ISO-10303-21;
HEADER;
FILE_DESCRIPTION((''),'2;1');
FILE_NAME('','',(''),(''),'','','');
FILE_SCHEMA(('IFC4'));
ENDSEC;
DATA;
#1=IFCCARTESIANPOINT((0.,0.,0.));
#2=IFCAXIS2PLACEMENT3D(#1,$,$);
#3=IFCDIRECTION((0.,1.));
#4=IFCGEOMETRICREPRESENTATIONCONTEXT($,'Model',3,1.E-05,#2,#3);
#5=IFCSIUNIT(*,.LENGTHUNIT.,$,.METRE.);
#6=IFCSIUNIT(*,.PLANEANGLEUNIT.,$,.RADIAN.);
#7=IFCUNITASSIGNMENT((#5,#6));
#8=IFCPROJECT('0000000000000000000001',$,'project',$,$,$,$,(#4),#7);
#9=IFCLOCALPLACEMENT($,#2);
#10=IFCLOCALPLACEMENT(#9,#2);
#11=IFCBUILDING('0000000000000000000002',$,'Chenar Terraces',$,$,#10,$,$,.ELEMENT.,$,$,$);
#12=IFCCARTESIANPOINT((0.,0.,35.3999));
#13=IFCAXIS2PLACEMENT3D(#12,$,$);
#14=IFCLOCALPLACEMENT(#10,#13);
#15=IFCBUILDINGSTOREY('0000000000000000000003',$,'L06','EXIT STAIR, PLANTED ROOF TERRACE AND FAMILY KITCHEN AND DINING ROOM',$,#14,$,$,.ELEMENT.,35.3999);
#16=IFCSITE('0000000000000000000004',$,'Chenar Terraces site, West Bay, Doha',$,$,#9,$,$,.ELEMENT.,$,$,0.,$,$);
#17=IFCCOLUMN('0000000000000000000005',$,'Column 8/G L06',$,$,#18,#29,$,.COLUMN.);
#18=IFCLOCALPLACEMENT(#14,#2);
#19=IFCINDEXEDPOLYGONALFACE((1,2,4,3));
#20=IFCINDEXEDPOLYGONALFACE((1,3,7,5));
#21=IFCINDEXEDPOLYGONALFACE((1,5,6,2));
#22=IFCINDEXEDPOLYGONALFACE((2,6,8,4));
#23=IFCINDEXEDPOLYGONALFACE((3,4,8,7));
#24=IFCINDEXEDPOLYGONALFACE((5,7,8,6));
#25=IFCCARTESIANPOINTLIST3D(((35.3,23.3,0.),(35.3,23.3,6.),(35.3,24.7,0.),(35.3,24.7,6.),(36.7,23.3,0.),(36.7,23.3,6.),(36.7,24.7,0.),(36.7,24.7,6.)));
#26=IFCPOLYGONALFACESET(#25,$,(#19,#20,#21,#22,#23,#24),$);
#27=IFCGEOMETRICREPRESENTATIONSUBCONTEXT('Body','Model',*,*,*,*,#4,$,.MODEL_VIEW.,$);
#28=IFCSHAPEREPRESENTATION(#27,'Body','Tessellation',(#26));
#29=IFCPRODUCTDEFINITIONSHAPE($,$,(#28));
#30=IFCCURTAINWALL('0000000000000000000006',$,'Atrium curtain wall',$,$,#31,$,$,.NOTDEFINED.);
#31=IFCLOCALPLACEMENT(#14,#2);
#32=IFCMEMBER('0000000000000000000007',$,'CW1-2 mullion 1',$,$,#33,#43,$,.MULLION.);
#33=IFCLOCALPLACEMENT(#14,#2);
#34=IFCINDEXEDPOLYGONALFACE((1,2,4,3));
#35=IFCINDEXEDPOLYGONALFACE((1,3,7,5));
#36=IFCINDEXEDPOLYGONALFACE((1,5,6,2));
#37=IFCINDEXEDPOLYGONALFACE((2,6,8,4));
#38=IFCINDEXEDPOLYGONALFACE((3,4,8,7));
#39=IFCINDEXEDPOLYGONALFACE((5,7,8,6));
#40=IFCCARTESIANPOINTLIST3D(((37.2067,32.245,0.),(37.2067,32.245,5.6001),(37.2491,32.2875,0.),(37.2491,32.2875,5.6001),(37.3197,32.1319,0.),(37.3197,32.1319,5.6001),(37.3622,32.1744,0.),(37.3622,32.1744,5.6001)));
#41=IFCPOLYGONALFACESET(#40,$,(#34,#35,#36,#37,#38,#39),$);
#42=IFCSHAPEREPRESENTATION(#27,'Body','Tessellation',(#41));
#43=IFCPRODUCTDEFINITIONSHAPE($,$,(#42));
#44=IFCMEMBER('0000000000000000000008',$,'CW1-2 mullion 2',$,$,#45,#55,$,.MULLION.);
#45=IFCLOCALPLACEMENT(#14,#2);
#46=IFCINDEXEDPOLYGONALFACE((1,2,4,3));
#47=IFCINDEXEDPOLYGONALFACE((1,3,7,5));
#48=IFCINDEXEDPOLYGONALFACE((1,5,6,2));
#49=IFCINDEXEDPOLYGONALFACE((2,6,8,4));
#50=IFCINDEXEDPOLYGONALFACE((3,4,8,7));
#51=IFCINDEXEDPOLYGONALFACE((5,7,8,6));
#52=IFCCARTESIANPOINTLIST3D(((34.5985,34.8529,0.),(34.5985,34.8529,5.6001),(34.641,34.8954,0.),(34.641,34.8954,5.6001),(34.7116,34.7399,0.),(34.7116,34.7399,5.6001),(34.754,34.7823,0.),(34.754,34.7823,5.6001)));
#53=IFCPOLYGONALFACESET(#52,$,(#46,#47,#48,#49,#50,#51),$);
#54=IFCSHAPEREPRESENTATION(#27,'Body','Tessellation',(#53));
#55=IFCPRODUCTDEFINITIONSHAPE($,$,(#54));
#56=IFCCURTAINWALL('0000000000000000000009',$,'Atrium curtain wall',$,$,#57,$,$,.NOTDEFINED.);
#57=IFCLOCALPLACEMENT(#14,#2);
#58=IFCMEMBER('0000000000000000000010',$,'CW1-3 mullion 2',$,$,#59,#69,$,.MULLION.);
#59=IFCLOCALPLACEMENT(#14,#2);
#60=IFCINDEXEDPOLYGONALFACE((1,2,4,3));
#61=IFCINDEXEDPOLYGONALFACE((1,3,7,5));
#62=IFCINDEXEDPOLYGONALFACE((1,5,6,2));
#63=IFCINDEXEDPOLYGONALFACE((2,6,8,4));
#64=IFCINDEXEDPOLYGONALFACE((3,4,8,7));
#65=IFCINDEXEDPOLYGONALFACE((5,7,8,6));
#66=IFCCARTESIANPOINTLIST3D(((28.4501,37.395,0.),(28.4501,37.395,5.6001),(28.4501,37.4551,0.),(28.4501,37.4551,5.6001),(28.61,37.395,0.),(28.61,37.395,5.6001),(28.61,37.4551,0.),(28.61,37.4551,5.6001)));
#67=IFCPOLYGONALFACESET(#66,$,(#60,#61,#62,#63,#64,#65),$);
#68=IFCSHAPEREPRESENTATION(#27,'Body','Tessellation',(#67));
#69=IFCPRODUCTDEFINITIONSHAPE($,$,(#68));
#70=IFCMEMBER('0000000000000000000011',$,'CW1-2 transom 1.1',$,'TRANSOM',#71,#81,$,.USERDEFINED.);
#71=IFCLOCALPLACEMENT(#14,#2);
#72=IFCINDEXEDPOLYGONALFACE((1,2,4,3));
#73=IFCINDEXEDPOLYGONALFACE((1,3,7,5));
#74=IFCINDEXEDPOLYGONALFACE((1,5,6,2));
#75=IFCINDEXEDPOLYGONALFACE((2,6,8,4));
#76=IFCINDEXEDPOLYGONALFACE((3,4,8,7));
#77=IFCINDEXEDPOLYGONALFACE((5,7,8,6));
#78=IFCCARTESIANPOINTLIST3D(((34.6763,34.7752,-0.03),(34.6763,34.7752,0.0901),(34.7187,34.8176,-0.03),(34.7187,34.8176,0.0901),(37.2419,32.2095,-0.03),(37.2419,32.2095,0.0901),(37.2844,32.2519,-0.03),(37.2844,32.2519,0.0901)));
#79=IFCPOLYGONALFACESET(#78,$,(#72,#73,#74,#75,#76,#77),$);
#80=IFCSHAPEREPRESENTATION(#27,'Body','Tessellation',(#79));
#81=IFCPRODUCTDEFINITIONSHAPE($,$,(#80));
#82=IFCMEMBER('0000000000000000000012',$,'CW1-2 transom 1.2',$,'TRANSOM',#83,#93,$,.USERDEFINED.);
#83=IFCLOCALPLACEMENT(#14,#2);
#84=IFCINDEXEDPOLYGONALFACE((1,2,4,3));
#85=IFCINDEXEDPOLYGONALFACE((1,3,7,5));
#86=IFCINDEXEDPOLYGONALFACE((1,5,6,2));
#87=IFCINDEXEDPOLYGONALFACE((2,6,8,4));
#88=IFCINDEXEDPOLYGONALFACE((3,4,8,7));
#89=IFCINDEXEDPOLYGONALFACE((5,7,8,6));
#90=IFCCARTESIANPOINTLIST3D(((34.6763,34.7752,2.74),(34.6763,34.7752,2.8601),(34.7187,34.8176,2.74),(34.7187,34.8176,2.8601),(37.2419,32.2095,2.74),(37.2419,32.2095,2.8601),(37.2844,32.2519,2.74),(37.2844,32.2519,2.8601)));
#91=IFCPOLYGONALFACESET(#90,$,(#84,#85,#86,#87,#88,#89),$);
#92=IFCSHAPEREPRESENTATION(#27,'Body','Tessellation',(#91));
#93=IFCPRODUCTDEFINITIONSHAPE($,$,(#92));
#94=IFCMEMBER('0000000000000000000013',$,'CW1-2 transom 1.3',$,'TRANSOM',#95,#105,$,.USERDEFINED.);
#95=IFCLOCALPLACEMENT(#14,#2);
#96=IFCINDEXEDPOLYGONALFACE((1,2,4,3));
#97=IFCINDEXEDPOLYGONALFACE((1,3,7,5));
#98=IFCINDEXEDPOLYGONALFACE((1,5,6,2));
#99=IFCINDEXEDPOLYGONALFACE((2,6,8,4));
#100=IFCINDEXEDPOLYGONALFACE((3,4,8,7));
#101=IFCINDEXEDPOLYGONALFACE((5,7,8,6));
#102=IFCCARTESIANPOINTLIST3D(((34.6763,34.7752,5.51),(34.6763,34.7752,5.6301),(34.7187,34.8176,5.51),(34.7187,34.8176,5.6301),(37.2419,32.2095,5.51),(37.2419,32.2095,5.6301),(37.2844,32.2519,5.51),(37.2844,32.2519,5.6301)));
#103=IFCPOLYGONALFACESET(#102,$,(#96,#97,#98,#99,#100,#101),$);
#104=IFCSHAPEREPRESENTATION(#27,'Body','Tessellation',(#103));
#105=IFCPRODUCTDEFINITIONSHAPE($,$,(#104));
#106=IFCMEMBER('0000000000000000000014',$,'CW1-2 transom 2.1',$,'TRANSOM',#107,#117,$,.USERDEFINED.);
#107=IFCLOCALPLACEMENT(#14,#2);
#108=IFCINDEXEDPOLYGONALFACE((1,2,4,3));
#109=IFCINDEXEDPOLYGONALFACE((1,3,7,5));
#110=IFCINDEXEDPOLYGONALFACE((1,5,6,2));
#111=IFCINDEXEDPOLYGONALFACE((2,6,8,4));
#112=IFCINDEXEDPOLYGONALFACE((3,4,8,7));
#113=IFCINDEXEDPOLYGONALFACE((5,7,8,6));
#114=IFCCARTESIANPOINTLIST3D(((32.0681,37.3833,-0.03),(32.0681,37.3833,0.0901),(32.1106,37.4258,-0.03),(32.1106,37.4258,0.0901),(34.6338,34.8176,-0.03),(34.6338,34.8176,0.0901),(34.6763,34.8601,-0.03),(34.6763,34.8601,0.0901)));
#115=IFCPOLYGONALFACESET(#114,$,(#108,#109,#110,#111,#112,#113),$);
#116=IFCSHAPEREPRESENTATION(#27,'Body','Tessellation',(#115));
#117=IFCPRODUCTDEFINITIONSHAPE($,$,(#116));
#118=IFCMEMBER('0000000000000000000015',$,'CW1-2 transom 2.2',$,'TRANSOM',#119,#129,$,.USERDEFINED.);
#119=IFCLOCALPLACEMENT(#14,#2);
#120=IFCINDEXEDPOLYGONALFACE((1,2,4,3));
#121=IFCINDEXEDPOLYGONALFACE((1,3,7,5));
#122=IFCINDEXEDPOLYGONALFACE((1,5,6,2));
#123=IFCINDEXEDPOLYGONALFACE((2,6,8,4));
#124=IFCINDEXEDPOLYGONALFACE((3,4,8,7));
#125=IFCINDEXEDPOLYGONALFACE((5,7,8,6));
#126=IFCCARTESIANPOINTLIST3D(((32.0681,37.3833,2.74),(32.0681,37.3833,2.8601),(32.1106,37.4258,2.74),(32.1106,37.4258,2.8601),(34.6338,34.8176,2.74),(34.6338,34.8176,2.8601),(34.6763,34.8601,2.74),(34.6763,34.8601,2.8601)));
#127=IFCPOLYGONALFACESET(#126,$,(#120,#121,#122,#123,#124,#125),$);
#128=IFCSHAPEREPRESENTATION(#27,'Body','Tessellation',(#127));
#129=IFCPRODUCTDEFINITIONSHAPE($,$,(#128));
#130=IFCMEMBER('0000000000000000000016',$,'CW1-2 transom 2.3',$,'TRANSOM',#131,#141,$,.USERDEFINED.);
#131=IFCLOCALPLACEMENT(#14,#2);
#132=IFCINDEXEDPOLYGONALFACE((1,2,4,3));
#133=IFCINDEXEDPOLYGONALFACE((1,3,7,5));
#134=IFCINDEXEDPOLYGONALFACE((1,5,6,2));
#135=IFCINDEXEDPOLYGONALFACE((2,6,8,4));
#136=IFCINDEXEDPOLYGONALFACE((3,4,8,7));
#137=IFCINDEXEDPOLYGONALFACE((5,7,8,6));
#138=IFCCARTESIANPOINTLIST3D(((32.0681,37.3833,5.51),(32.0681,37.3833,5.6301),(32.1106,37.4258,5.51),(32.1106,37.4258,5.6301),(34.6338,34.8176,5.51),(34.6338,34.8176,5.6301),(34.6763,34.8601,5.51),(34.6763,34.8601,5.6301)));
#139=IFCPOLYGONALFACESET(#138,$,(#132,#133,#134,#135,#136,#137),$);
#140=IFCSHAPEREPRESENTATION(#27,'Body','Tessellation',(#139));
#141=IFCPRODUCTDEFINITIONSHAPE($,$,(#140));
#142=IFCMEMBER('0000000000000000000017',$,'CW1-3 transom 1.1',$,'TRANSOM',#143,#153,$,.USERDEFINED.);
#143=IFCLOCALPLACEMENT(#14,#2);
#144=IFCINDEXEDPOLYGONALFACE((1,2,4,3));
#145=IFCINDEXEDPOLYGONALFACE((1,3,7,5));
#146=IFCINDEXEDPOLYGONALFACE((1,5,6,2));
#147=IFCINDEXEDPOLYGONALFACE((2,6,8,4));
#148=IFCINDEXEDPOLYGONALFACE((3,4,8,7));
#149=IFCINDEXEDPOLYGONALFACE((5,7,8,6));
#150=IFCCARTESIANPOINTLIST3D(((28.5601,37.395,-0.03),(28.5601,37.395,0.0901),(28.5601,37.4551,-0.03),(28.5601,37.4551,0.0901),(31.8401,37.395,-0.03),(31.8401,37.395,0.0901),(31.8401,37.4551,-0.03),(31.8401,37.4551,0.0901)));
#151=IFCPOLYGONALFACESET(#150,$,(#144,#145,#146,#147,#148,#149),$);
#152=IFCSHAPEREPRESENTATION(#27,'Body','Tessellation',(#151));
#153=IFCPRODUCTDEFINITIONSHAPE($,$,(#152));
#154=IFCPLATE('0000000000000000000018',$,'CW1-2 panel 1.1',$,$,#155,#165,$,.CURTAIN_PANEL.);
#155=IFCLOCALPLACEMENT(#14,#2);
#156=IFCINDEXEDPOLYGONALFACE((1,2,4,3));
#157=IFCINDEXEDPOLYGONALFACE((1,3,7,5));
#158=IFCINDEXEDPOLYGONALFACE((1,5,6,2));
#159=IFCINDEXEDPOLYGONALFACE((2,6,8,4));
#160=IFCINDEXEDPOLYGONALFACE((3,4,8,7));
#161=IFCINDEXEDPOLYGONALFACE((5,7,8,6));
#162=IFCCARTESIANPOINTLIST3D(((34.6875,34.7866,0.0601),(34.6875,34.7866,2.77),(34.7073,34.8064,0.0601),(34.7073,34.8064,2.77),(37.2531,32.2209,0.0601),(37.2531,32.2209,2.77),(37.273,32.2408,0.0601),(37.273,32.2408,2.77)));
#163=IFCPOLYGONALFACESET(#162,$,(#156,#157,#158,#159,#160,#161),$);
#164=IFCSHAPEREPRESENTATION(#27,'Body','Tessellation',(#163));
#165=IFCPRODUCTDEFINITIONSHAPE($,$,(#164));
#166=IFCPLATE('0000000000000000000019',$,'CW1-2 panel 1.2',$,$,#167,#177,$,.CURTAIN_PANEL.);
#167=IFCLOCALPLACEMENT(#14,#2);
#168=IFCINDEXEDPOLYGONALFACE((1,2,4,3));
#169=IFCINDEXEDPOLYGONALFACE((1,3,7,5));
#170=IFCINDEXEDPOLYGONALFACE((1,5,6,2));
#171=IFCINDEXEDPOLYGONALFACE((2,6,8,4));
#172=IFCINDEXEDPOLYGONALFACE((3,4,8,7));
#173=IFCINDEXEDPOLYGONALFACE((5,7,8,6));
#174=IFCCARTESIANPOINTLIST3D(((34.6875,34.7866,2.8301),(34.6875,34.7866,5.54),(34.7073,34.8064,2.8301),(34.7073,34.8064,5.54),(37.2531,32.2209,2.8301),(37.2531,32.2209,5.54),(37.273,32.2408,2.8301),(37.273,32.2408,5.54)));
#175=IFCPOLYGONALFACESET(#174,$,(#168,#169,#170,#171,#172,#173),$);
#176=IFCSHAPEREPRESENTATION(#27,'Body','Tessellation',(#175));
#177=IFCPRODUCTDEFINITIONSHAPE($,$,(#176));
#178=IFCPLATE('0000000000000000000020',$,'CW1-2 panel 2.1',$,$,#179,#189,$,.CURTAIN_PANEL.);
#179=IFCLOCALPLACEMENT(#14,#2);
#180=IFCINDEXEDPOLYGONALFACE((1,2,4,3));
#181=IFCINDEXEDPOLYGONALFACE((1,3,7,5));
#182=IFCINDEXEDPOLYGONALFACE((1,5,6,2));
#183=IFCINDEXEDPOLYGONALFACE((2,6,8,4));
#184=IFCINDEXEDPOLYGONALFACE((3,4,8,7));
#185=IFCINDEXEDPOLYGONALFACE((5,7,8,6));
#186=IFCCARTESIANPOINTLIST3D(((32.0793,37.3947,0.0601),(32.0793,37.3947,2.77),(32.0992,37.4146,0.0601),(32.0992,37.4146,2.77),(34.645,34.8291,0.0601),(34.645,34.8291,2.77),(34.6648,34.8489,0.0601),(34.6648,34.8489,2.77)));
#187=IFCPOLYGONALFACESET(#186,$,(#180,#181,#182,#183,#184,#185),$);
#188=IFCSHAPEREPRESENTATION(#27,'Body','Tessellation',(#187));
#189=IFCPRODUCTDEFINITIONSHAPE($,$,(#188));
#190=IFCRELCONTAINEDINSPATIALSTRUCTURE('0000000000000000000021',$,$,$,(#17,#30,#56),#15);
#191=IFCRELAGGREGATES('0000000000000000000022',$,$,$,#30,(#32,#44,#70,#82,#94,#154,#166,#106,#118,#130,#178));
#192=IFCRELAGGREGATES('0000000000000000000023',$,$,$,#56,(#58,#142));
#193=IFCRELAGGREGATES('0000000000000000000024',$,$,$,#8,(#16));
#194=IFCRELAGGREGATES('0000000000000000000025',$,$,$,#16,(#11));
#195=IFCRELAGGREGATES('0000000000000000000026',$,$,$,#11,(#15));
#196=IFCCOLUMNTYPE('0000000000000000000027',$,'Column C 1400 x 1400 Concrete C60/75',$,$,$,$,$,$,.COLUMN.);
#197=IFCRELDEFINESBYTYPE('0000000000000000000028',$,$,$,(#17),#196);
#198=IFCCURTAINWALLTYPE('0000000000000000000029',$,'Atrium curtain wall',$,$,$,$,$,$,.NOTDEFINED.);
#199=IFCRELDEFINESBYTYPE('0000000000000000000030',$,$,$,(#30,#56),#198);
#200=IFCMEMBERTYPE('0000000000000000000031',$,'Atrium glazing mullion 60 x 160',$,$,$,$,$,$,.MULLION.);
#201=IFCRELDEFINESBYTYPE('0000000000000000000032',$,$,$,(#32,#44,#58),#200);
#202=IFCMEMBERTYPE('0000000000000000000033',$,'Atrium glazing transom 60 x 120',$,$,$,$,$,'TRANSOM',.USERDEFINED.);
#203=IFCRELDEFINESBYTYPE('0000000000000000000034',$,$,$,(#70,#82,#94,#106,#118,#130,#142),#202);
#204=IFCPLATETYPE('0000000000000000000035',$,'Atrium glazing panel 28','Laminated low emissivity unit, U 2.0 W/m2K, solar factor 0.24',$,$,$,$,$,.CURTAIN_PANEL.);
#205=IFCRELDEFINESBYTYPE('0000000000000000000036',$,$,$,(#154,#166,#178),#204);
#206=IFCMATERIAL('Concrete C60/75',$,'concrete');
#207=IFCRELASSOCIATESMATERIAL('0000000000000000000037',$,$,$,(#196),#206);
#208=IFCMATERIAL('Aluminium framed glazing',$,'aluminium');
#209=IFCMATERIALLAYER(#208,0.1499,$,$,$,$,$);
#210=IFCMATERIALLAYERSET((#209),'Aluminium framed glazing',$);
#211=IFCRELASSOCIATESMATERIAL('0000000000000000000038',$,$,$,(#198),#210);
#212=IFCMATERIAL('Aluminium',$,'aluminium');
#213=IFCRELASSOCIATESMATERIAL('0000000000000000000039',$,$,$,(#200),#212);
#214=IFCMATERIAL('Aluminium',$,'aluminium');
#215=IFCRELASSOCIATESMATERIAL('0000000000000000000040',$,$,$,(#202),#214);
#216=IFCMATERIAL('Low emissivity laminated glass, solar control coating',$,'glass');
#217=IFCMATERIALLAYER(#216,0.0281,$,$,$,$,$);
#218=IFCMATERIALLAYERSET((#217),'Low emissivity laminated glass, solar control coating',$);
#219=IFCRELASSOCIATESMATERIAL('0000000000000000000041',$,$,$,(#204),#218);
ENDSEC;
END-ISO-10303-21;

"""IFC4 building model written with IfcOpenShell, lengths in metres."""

from ifc_helpers import new_model, si_unit, direction, frame, origin, origin_2d, place, context, subcontext, project, spatial, rectangle, extrude, material, layer, layer_set, material_profile, profile_set, type_object, element, aggregate, save


model = new_model("IFC4")

# Units and contexts
model_context = context("Model", 3, precision=1e-05, world=origin(), true_north=direction((0.0, 1.0)))
body_context = subcontext(model_context, "Body", "Model", "MODEL_VIEW")
ifc_project = project(units=[si_unit("LENGTHUNIT", "METRE"), si_unit("PLANEANGLEUNIT", "RADIAN")], contexts=[model_context])

# Site, building, storey
site_placement = place(None, origin())
site = spatial("IfcSite", under=ifc_project, at=site_placement, Name="Chenar Terraces site, West Bay, Doha", CompositionType="ELEMENT", RefElevation=0.0)
building_placement = place(site_placement, origin())
building = spatial("IfcBuilding", under=site, at=building_placement, Name="Chenar Terraces", CompositionType="ELEMENT")
storey_placement = place(building_placement, frame((0.0, 0.0, 35.3999)))
storey = spatial("IfcBuildingStorey", under=building, at=storey_placement, Name="L06", Description="EXIT STAIR, PLANTED ROOF TERRACE AND FAMILY KITCHEN AND DINING ROOM", CompositionType="ELEMENT", Elevation=35.3999)

# Column
ifc_material_1 = material(Name="Concrete C60/75", Category="concrete")
ifc_material_profile_1 = material_profile(ifc_material_1, rectangle(XDim=1.3999, YDim=1.3999, at=origin_2d()), Name="C 1400 x 1400")
ifc_profile_set_1 = profile_set([ifc_material_profile_1], Name="Concrete C60/75")
column_type = type_object("IfcColumnType", Name="Column C 1400 x 1400 Concrete C60/75", PredefinedType="COLUMN", material=ifc_profile_set_1)
column_placement = place(storey_placement, frame((36.0, 24.0, 0.0), z_axis=(0.0, 0.0, 1.0), x_axis=(1.0, 0.0, 0.0)))
element("IfcColumn", 1, at=column_placement, inside=storey, type_object=column_type, Name="Column 8/G L06", PredefinedType="COLUMN", context=body_context, shape_type="SweptSolid", body=[
    extrude(rectangle(XDim=1.3999, YDim=1.3999, at=origin_2d()), origin(), (0.0, 0.0, 1.0), 6.0),
])

# Curtain wall, members
ifc_material_2 = material(Name="Aluminium framed glazing", Category="aluminium")
ifc_layer_1 = layer(ifc_material_2, 0.1499)
ifc_layer_set_1 = layer_set([ifc_layer_1], Name="Aluminium framed glazing")
curtain_wall_type = type_object("IfcCurtainWallType", Name="Atrium curtain wall", PredefinedType="NOTDEFINED", material=ifc_layer_set_1)
placement = place(storey_placement, origin())
curtain_wall_1 = element("IfcCurtainWall", 2, at=placement, inside=storey, type_object=curtain_wall_type, Name="Atrium curtain wall", PredefinedType="NOTDEFINED")
ifc_material_3 = material(Name="Aluminium", Category="aluminium")
ifc_material_profile_2 = material_profile(ifc_material_3, rectangle(XDim=0.0601, YDim=0.1599, at=origin_2d()), Name="Atrium glazing mullion 60 x 160")
ifc_profile_set_2 = profile_set([ifc_material_profile_2], Name="Aluminium")
member_type_1 = type_object("IfcMemberType", Name="Atrium glazing mullion 60 x 160", PredefinedType="MULLION", material=ifc_profile_set_2)
member_1_placement = place(storey_placement, frame((37.2844, 32.2097, 0.0), z_axis=(0.0, 0.0, 1.0), x_axis=(-0.707107, -0.707107, 0.0)))
member_1 = element("IfcMember", 3, at=member_1_placement, type_object=member_type_1, Name="CW1-2 mullion 1", PredefinedType="MULLION", context=body_context, shape_type="SweptSolid", body=[
    extrude(rectangle(XDim=0.0601, YDim=0.1599, at=origin_2d()), origin(), (0.0, 0.0, 1.0), 5.6001),
])
member_2_placement = place(storey_placement, frame((34.6763, 34.8176, 0.0), z_axis=(0.0, 0.0, 1.0), x_axis=(-0.707107, -0.707107, 0.0)))
member_2 = element("IfcMember", 4, at=member_2_placement, type_object=member_type_1, Name="CW1-2 mullion 2", PredefinedType="MULLION", context=body_context, shape_type="SweptSolid", body=[
    extrude(rectangle(XDim=0.0601, YDim=0.1599, at=origin_2d()), origin(), (0.0, 0.0, 1.0), 5.6001),
])

# Curtain wall, member
curtain_wall_2 = element("IfcCurtainWall", 5, at=placement, inside=storey, type_object=curtain_wall_type, Name="Atrium curtain wall", PredefinedType="NOTDEFINED")
member_3_placement = place(storey_placement, frame((28.53, 37.425, 0.0), z_axis=(0.0, 0.0, 1.0), x_axis=(0.0, -1.0, 0.0)))
member_3 = element("IfcMember", 6, at=member_3_placement, type_object=member_type_1, Name="CW1-3 mullion 2", PredefinedType="MULLION", context=body_context, shape_type="SweptSolid", body=[
    extrude(rectangle(XDim=0.0601, YDim=0.1599, at=origin_2d()), origin(), (0.0, 0.0, 1.0), 5.6001),
])

# Members
ifc_material_4 = material(Name="Aluminium", Category="aluminium")
ifc_material_profile_3 = material_profile(ifc_material_4, rectangle(XDim=0.0601, YDim=0.1201, at=origin_2d()), Name="Atrium glazing transom 60 x 120")
ifc_profile_set_3 = profile_set([ifc_material_profile_3], Name="Aluminium")
member_type_2 = type_object("IfcMemberType", Name="Atrium glazing transom 60 x 120", ElementType="TRANSOM", PredefinedType="USERDEFINED", material=ifc_profile_set_3)
member_4_placement = place(storey_placement, frame((37.2632, 32.2307, 0.03), z_axis=(-0.707107, 0.707107, 0.0), x_axis=(-0.707107, -0.707107, 0.0)))
member_4 = element("IfcMember", 7, at=member_4_placement, type_object=member_type_2, Name="CW1-2 transom 1.1", ObjectType="TRANSOM", PredefinedType="USERDEFINED", context=body_context, shape_type="SweptSolid", body=[
    extrude(rectangle(XDim=0.0601, YDim=0.1201, at=origin_2d()), origin(), (0.0, 0.0, 1.0), 3.6284),
])
member_5_placement = place(storey_placement, frame((37.2632, 32.2307, 2.8), z_axis=(-0.707107, 0.707107, 0.0), x_axis=(-0.707107, -0.707107, 0.0)))
member_5 = element("IfcMember", 8, at=member_5_placement, type_object=member_type_2, Name="CW1-2 transom 1.2", ObjectType="TRANSOM", PredefinedType="USERDEFINED", context=body_context, shape_type="SweptSolid", body=[
    extrude(rectangle(XDim=0.0601, YDim=0.1201, at=origin_2d()), origin(), (0.0, 0.0, 1.0), 3.6284),
])
member_6_placement = place(storey_placement, frame((37.2632, 32.2307, 5.5701), z_axis=(-0.707107, 0.707107, 0.0), x_axis=(-0.707107, -0.707107, 0.0)))
member_6 = element("IfcMember", 9, at=member_6_placement, type_object=member_type_2, Name="CW1-2 transom 1.3", ObjectType="TRANSOM", PredefinedType="USERDEFINED", context=body_context, shape_type="SweptSolid", body=[
    extrude(rectangle(XDim=0.0601, YDim=0.1201, at=origin_2d()), origin(), (0.0, 0.0, 1.0), 3.6284),
])
member_7_placement = place(storey_placement, frame((34.655, 34.8389, 0.03), z_axis=(-0.707107, 0.707107, 0.0), x_axis=(-0.707107, -0.707107, 0.0)))
member_7 = element("IfcMember", 10, at=member_7_placement, type_object=member_type_2, Name="CW1-2 transom 2.1", ObjectType="TRANSOM", PredefinedType="USERDEFINED", context=body_context, shape_type="SweptSolid", body=[
    extrude(rectangle(XDim=0.0601, YDim=0.1201, at=origin_2d()), origin(), (0.0, 0.0, 1.0), 3.6284),
])
member_8_placement = place(storey_placement, frame((34.655, 34.8389, 2.8), z_axis=(-0.707107, 0.707107, 0.0), x_axis=(-0.707107, -0.707107, 0.0)))
member_8 = element("IfcMember", 11, at=member_8_placement, type_object=member_type_2, Name="CW1-2 transom 2.2", ObjectType="TRANSOM", PredefinedType="USERDEFINED", context=body_context, shape_type="SweptSolid", body=[
    extrude(rectangle(XDim=0.0601, YDim=0.1201, at=origin_2d()), origin(), (0.0, 0.0, 1.0), 3.6284),
])
member_9_placement = place(storey_placement, frame((34.655, 34.8389, 5.5701), z_axis=(-0.707107, 0.707107, 0.0), x_axis=(-0.707107, -0.707107, 0.0)))
member_9 = element("IfcMember", 12, at=member_9_placement, type_object=member_type_2, Name="CW1-2 transom 2.3", ObjectType="TRANSOM", PredefinedType="USERDEFINED", context=body_context, shape_type="SweptSolid", body=[
    extrude(rectangle(XDim=0.0601, YDim=0.1201, at=origin_2d()), origin(), (0.0, 0.0, 1.0), 3.6284),
])
member_10_placement = place(storey_placement, frame((31.8401, 37.425, 0.03), z_axis=(-1.0, 0.0, 0.0), x_axis=(0.0, -1.0, 0.0)))
member_10 = element("IfcMember", 13, at=member_10_placement, type_object=member_type_2, Name="CW1-3 transom 1.1", ObjectType="TRANSOM", PredefinedType="USERDEFINED", context=body_context, shape_type="SweptSolid", body=[
    extrude(rectangle(XDim=0.0601, YDim=0.1201, at=origin_2d()), origin(), (0.0, 0.0, 1.0), 3.28),
])

# Plates
ifc_material_5 = material(Name="Low emissivity laminated glass, solar control coating", Category="glass")
ifc_layer_2 = layer(ifc_material_5, 0.0281)
ifc_layer_set_2 = layer_set([ifc_layer_2], Name="Low emissivity laminated glass, solar control coating")
plate_type = type_object("IfcPlateType", Name="Atrium glazing panel 28", Description="Laminated low emissivity unit, U 2.0 W/m2K, solar factor 0.24", PredefinedType="CURTAIN_PANEL", material=ifc_layer_set_2)
plate_1_placement = place(storey_placement, frame((35.9802, 33.5137, 0.0601), z_axis=(0.0, 0.0, 1.0), x_axis=(-0.707107, 0.707107, 0.0)))
plate_1 = element("IfcPlate", 14, at=plate_1_placement, type_object=plate_type, Name="CW1-2 panel 1.1", PredefinedType="CURTAIN_PANEL", context=body_context, shape_type="SweptSolid", body=[
    extrude(rectangle(XDim=3.6284, YDim=0.0281, at=origin_2d()), origin(), (0.0, 0.0, 1.0), 2.71),
])
plate_2_placement = place(storey_placement, frame((35.9802, 33.5137, 2.8301), z_axis=(0.0, 0.0, 1.0), x_axis=(-0.707107, 0.707107, 0.0)))
plate_2 = element("IfcPlate", 15, at=plate_2_placement, type_object=plate_type, Name="CW1-2 panel 1.2", PredefinedType="CURTAIN_PANEL", context=body_context, shape_type="SweptSolid", body=[
    extrude(rectangle(XDim=3.6284, YDim=0.0281, at=origin_2d()), origin(), (0.0, 0.0, 1.0), 2.71),
])
plate_3_placement = place(storey_placement, frame((33.3721, 36.1218, 0.0601), z_axis=(0.0, 0.0, 1.0), x_axis=(-0.707107, 0.707107, 0.0)))
plate_3 = element("IfcPlate", 16, at=plate_3_placement, type_object=plate_type, Name="CW1-2 panel 2.1", PredefinedType="CURTAIN_PANEL", context=body_context, shape_type="SweptSolid", body=[
    extrude(rectangle(XDim=3.6284, YDim=0.0281, at=origin_2d()), origin(), (0.0, 0.0, 1.0), 2.71),
])
aggregate(curtain_wall_1, [member_1, member_2, member_4, member_5, member_6, plate_1, plate_2, member_7, member_8, member_9, plate_3])
aggregate(curtain_wall_2, [member_3, member_10])

save(model, "model.ifc")
